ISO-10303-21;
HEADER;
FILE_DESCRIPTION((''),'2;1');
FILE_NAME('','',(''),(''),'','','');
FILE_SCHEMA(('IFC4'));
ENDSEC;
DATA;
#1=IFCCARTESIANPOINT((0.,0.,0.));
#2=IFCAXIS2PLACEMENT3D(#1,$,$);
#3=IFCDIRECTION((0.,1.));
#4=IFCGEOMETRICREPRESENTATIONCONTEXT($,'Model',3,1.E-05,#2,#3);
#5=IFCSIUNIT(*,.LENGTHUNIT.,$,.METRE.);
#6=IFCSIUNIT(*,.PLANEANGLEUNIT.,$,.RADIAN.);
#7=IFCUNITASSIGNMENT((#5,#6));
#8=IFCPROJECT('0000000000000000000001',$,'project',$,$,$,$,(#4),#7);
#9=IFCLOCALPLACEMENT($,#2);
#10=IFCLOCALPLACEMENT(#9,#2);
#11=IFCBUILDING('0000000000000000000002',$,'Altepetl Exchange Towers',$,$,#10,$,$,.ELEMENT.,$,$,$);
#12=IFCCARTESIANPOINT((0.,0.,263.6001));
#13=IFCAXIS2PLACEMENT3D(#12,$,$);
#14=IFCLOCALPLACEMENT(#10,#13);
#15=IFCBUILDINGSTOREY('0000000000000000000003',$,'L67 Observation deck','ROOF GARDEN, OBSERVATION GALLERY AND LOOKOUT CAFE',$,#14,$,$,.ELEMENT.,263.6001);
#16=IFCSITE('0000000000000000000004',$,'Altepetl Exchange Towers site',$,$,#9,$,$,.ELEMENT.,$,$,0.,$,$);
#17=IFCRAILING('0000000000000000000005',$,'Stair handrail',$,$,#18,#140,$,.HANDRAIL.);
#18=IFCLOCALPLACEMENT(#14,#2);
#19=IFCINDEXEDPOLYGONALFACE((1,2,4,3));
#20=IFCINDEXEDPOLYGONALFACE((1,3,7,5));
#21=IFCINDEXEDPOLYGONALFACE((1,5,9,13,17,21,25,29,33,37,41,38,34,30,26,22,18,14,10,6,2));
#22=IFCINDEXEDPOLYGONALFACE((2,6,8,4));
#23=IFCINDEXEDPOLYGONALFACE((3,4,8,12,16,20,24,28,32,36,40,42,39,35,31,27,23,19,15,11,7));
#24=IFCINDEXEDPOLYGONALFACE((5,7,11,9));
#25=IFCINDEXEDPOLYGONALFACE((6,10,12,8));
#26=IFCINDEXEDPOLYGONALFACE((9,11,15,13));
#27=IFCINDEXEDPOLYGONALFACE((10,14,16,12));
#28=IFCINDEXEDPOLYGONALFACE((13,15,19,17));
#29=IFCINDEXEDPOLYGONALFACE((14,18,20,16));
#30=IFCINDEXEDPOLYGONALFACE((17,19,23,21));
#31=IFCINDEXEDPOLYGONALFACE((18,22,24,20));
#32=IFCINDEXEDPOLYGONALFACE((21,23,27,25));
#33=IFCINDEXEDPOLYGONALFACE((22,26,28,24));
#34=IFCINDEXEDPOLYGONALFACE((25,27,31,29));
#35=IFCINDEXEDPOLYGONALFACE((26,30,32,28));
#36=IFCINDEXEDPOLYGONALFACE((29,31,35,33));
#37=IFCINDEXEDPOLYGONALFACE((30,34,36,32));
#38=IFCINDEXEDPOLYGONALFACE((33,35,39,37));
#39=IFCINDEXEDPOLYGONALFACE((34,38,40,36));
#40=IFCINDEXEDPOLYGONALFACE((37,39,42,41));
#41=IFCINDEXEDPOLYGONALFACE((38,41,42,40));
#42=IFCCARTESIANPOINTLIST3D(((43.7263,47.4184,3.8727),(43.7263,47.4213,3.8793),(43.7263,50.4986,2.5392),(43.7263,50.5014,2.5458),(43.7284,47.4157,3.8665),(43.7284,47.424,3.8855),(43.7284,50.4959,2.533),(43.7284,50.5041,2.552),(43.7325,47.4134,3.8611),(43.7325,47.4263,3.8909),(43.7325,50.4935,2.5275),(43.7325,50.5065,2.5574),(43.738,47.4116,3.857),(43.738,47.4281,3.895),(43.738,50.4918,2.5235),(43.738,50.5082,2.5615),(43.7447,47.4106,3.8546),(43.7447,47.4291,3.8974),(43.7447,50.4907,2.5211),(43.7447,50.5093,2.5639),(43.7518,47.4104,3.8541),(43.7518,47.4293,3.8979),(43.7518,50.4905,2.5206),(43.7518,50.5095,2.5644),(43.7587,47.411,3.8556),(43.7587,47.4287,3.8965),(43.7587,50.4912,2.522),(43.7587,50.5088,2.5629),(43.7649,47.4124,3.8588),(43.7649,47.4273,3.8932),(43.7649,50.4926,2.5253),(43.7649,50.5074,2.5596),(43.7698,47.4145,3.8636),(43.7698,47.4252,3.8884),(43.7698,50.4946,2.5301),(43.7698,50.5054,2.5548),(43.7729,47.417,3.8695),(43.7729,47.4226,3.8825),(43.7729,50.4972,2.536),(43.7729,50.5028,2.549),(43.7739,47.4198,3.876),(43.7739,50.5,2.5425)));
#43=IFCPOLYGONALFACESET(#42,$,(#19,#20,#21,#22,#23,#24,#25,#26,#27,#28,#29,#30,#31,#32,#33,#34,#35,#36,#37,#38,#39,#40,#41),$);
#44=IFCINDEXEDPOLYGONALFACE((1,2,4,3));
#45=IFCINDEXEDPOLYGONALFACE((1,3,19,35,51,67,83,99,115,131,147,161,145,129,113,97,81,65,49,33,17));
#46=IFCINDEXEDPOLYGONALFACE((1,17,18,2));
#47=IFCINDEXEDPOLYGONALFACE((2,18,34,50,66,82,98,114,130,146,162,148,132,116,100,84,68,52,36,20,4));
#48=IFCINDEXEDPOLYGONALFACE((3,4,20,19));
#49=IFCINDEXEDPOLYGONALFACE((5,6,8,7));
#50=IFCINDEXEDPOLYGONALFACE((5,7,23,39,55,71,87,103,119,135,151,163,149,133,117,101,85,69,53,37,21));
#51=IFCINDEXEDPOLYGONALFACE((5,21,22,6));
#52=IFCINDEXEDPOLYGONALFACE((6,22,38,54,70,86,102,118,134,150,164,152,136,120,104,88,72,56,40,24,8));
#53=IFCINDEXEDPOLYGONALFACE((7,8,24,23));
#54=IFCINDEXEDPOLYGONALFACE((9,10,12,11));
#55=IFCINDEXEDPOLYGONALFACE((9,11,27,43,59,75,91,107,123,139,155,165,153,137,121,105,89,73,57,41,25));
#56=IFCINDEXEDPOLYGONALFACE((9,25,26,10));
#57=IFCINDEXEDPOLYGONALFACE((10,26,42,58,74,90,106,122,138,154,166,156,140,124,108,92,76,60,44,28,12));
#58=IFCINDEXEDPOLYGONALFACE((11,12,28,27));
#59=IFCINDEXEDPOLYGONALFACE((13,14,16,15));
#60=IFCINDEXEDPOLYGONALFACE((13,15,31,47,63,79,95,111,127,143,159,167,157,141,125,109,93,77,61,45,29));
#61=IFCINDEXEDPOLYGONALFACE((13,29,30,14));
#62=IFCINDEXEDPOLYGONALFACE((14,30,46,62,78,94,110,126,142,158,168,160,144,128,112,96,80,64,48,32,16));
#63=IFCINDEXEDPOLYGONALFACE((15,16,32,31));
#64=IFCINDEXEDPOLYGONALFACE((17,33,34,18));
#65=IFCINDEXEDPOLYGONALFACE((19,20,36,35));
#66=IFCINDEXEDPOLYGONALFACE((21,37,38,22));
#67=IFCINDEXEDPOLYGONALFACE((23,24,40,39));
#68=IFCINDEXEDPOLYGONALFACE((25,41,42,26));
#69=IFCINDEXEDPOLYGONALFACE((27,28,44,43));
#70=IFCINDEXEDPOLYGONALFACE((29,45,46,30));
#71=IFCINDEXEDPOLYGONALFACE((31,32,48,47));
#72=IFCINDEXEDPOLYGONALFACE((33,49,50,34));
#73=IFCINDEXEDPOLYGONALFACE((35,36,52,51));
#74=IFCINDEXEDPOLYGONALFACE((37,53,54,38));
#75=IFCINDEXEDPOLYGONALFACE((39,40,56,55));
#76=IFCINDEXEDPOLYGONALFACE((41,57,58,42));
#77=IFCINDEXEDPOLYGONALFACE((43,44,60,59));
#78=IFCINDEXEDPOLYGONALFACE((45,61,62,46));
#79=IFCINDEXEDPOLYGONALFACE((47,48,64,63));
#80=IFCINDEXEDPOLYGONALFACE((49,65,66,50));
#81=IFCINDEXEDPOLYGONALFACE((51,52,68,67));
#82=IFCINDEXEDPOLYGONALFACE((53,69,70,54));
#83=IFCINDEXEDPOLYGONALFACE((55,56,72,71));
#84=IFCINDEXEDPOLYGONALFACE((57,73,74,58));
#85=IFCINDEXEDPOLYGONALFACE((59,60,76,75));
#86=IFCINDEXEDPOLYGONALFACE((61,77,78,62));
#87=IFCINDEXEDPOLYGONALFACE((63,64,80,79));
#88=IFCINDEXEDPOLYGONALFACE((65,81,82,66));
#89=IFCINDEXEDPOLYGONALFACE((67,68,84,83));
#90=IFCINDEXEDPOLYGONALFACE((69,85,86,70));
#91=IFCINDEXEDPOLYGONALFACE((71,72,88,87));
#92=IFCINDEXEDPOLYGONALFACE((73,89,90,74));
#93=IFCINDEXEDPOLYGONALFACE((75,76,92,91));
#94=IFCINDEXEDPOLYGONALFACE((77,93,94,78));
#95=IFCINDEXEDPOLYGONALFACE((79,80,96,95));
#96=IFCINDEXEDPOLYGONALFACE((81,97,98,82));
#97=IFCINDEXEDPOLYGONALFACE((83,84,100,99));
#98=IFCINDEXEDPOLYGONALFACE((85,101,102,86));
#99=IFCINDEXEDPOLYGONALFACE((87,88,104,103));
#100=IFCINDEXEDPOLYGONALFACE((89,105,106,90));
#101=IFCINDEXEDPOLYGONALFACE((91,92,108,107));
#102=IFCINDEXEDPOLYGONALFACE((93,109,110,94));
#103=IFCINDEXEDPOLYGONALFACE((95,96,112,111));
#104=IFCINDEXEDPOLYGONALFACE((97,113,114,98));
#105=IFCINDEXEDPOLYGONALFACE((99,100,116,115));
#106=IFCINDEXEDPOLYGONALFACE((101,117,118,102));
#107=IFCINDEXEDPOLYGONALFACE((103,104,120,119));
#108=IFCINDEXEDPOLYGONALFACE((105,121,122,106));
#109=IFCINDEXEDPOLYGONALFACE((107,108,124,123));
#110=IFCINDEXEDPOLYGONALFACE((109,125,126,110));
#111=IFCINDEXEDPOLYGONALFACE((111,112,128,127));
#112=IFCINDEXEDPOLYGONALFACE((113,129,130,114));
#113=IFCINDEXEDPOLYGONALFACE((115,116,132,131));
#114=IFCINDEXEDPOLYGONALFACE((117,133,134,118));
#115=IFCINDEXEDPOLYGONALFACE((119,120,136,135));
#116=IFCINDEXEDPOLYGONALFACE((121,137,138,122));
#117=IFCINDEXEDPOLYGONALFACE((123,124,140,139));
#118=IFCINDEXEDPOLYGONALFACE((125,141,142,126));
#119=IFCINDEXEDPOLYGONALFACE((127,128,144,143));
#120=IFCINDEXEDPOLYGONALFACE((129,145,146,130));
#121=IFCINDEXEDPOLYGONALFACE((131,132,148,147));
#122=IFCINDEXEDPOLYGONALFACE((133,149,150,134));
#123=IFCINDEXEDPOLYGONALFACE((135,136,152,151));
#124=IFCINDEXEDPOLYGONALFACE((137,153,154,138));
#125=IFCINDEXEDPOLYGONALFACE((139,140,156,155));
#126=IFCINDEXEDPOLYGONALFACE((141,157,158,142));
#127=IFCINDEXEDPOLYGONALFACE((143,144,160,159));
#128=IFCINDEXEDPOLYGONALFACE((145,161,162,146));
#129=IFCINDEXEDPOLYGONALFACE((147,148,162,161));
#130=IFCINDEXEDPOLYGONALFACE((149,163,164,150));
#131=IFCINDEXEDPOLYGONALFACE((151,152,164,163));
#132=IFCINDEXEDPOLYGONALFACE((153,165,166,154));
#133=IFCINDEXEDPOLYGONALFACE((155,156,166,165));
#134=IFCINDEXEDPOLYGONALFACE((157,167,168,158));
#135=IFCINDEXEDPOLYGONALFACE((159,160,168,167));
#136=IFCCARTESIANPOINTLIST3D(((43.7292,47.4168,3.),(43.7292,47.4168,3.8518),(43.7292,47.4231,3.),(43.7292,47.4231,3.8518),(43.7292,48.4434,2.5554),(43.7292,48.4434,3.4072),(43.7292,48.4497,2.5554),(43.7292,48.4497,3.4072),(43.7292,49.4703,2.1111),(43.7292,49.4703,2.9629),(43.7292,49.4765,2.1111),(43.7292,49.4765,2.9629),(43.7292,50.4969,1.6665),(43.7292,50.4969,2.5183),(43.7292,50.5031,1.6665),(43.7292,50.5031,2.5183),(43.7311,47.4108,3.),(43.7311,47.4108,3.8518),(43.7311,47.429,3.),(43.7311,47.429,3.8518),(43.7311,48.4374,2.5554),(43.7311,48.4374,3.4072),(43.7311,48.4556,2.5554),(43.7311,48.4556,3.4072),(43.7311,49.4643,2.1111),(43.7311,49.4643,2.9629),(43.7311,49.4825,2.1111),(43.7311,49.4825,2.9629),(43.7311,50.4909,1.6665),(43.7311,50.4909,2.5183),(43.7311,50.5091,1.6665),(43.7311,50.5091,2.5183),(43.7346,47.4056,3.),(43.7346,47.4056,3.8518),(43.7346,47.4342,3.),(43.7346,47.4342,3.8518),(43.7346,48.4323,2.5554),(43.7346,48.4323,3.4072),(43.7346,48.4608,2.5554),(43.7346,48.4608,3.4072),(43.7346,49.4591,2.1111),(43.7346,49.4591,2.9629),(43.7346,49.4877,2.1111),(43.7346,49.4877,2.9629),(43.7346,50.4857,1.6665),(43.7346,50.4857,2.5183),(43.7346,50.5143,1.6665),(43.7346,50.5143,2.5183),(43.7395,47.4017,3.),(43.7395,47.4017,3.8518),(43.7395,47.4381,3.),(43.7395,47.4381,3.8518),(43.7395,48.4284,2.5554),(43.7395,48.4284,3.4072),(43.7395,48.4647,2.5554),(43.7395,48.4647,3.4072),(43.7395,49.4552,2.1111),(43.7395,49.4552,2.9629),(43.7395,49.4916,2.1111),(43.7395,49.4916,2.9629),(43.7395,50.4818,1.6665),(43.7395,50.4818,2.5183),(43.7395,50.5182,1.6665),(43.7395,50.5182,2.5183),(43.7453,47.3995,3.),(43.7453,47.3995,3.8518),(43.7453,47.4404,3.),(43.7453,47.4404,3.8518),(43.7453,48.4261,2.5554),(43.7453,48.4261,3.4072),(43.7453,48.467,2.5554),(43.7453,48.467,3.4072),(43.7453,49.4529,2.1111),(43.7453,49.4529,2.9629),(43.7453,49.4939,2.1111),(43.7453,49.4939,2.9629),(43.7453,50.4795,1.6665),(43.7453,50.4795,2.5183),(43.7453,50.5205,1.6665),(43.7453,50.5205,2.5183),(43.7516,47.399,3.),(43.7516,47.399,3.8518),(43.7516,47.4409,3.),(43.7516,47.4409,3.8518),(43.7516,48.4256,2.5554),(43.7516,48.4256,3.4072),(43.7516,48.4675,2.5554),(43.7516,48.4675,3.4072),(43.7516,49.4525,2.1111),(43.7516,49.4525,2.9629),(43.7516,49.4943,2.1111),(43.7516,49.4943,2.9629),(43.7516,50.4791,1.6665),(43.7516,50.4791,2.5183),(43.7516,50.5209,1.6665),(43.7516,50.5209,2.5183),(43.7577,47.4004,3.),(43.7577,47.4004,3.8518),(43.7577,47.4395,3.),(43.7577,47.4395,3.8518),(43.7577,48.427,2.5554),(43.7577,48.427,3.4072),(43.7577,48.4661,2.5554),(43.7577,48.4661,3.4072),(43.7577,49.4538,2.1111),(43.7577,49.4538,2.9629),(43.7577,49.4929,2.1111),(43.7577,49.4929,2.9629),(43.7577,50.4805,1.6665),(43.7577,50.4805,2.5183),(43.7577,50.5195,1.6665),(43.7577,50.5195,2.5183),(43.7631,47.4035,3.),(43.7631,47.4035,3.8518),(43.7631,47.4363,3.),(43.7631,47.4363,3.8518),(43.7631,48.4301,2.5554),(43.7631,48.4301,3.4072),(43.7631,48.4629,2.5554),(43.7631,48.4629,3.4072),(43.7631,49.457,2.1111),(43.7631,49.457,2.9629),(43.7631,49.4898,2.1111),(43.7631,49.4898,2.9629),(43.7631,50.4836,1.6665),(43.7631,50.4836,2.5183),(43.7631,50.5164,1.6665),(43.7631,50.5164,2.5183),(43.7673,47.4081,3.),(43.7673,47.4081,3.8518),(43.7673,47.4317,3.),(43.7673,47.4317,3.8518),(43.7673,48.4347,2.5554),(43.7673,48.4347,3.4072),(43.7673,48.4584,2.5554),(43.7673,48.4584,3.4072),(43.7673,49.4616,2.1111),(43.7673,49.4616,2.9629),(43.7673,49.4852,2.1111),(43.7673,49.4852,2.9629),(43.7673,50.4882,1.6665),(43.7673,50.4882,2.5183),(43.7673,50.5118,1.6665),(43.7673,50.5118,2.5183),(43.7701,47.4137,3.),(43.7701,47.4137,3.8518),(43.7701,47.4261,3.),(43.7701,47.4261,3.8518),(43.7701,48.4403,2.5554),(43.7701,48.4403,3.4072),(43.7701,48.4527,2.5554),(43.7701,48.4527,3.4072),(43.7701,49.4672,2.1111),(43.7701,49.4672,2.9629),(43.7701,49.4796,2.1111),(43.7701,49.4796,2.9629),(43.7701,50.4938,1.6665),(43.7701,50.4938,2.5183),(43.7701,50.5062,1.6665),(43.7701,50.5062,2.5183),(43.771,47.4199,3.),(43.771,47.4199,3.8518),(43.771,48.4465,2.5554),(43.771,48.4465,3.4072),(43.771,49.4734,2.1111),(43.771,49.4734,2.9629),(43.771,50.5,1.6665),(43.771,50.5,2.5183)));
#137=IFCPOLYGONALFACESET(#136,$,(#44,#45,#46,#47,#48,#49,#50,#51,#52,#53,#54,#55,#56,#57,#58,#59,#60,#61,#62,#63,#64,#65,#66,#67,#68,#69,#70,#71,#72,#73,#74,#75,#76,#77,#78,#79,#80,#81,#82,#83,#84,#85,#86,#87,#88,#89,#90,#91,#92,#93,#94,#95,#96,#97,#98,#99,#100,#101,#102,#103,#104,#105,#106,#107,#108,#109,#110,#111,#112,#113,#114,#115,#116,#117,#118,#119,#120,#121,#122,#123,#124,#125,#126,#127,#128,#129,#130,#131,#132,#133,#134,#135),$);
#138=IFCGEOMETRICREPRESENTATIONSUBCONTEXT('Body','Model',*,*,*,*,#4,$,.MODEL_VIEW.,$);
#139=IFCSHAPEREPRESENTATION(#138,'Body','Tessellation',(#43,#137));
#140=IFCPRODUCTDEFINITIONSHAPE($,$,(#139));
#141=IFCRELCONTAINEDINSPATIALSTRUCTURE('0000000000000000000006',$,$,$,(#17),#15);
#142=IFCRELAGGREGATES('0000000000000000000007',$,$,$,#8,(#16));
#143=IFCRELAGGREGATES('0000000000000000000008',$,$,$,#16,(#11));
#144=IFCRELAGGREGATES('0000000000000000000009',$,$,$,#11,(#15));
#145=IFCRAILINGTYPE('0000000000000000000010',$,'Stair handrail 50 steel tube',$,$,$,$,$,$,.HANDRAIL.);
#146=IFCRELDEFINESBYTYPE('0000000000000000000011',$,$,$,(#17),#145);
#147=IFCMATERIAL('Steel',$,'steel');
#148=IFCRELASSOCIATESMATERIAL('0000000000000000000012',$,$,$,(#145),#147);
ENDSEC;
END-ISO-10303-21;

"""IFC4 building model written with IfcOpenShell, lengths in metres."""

from ifc_helpers import new_model, si_unit, direction, frame, origin, origin_2d, place, context, subcontext, project, spatial, circle, extrude, source, transform, mapped, material, type_object, element, save


model = new_model("IFC4")

# Units and contexts
model_context = context("Model", 3, precision=1e-05, world=origin(), true_north=direction((0.0, 1.0)))
body_context = subcontext(model_context, "Body", "Model", "MODEL_VIEW")
ifc_project = project(units=[si_unit("LENGTHUNIT", "METRE"), si_unit("PLANEANGLEUNIT", "RADIAN")], contexts=[model_context])

# Site, building, storey
site_placement = place(None, origin())
site = spatial("IfcSite", under=ifc_project, at=site_placement, Name="Altepetl Exchange Towers site", CompositionType="ELEMENT", RefElevation=0.0)
building_placement = place(site_placement, origin())
building = spatial("IfcBuilding", under=site, at=building_placement, Name="Altepetl Exchange Towers", CompositionType="ELEMENT")
storey_placement = place(building_placement, frame((0.0, 0.0, 263.6001)))
storey = spatial("IfcBuildingStorey", under=building, at=storey_placement, Name="L67 Observation deck", Description="ROOF GARDEN, OBSERVATION GALLERY AND LOOKOUT CAFE", CompositionType="ELEMENT", Elevation=263.6001)

# Railing
ifc_material_1 = material(Name="Steel", Category="steel")
railing_type = type_object("IfcRailingType", Name="Stair handrail 50 steel tube", PredefinedType="HANDRAIL", material=ifc_material_1)
shared_shape = source(origin(), body_context, "Body", "SweptSolid", [
    extrude(circle(Radius=0.021, at=origin_2d()), origin(), (0.0, 0.0, 1.0), 0.8518),
])
for number, where, name in (
    (1, (43.75, 50.5, 1.6665), "Stair handrail"),
):
    element("IfcRailing", number, at=place(storey_placement, frame(where)), inside=storey, type_object=railing_type, Name=name, PredefinedType="HANDRAIL", context=body_context, shape_type="SweptSolid", body=[
        extrude(circle(Radius=0.0239, at=origin_2d()), frame((0.0, 0.0, 0.876), z_axis=(0.0, -0.917686, 0.397305), x_axis=(1.0, 0.0, 0.0)), (0.0, 0.0, 1.0), 3.3564),
        mapped(shared_shape, transform((0.0, 0.0, 0.0))),
        mapped(shared_shape, transform((0.0, -1.0266, 0.4446))),
        mapped(shared_shape, transform((0.0, -2.0535, 0.8889))),
        mapped(shared_shape, transform((0.0, -3.0801, 1.3335))),
    ])

save(model, "model.ifc")
